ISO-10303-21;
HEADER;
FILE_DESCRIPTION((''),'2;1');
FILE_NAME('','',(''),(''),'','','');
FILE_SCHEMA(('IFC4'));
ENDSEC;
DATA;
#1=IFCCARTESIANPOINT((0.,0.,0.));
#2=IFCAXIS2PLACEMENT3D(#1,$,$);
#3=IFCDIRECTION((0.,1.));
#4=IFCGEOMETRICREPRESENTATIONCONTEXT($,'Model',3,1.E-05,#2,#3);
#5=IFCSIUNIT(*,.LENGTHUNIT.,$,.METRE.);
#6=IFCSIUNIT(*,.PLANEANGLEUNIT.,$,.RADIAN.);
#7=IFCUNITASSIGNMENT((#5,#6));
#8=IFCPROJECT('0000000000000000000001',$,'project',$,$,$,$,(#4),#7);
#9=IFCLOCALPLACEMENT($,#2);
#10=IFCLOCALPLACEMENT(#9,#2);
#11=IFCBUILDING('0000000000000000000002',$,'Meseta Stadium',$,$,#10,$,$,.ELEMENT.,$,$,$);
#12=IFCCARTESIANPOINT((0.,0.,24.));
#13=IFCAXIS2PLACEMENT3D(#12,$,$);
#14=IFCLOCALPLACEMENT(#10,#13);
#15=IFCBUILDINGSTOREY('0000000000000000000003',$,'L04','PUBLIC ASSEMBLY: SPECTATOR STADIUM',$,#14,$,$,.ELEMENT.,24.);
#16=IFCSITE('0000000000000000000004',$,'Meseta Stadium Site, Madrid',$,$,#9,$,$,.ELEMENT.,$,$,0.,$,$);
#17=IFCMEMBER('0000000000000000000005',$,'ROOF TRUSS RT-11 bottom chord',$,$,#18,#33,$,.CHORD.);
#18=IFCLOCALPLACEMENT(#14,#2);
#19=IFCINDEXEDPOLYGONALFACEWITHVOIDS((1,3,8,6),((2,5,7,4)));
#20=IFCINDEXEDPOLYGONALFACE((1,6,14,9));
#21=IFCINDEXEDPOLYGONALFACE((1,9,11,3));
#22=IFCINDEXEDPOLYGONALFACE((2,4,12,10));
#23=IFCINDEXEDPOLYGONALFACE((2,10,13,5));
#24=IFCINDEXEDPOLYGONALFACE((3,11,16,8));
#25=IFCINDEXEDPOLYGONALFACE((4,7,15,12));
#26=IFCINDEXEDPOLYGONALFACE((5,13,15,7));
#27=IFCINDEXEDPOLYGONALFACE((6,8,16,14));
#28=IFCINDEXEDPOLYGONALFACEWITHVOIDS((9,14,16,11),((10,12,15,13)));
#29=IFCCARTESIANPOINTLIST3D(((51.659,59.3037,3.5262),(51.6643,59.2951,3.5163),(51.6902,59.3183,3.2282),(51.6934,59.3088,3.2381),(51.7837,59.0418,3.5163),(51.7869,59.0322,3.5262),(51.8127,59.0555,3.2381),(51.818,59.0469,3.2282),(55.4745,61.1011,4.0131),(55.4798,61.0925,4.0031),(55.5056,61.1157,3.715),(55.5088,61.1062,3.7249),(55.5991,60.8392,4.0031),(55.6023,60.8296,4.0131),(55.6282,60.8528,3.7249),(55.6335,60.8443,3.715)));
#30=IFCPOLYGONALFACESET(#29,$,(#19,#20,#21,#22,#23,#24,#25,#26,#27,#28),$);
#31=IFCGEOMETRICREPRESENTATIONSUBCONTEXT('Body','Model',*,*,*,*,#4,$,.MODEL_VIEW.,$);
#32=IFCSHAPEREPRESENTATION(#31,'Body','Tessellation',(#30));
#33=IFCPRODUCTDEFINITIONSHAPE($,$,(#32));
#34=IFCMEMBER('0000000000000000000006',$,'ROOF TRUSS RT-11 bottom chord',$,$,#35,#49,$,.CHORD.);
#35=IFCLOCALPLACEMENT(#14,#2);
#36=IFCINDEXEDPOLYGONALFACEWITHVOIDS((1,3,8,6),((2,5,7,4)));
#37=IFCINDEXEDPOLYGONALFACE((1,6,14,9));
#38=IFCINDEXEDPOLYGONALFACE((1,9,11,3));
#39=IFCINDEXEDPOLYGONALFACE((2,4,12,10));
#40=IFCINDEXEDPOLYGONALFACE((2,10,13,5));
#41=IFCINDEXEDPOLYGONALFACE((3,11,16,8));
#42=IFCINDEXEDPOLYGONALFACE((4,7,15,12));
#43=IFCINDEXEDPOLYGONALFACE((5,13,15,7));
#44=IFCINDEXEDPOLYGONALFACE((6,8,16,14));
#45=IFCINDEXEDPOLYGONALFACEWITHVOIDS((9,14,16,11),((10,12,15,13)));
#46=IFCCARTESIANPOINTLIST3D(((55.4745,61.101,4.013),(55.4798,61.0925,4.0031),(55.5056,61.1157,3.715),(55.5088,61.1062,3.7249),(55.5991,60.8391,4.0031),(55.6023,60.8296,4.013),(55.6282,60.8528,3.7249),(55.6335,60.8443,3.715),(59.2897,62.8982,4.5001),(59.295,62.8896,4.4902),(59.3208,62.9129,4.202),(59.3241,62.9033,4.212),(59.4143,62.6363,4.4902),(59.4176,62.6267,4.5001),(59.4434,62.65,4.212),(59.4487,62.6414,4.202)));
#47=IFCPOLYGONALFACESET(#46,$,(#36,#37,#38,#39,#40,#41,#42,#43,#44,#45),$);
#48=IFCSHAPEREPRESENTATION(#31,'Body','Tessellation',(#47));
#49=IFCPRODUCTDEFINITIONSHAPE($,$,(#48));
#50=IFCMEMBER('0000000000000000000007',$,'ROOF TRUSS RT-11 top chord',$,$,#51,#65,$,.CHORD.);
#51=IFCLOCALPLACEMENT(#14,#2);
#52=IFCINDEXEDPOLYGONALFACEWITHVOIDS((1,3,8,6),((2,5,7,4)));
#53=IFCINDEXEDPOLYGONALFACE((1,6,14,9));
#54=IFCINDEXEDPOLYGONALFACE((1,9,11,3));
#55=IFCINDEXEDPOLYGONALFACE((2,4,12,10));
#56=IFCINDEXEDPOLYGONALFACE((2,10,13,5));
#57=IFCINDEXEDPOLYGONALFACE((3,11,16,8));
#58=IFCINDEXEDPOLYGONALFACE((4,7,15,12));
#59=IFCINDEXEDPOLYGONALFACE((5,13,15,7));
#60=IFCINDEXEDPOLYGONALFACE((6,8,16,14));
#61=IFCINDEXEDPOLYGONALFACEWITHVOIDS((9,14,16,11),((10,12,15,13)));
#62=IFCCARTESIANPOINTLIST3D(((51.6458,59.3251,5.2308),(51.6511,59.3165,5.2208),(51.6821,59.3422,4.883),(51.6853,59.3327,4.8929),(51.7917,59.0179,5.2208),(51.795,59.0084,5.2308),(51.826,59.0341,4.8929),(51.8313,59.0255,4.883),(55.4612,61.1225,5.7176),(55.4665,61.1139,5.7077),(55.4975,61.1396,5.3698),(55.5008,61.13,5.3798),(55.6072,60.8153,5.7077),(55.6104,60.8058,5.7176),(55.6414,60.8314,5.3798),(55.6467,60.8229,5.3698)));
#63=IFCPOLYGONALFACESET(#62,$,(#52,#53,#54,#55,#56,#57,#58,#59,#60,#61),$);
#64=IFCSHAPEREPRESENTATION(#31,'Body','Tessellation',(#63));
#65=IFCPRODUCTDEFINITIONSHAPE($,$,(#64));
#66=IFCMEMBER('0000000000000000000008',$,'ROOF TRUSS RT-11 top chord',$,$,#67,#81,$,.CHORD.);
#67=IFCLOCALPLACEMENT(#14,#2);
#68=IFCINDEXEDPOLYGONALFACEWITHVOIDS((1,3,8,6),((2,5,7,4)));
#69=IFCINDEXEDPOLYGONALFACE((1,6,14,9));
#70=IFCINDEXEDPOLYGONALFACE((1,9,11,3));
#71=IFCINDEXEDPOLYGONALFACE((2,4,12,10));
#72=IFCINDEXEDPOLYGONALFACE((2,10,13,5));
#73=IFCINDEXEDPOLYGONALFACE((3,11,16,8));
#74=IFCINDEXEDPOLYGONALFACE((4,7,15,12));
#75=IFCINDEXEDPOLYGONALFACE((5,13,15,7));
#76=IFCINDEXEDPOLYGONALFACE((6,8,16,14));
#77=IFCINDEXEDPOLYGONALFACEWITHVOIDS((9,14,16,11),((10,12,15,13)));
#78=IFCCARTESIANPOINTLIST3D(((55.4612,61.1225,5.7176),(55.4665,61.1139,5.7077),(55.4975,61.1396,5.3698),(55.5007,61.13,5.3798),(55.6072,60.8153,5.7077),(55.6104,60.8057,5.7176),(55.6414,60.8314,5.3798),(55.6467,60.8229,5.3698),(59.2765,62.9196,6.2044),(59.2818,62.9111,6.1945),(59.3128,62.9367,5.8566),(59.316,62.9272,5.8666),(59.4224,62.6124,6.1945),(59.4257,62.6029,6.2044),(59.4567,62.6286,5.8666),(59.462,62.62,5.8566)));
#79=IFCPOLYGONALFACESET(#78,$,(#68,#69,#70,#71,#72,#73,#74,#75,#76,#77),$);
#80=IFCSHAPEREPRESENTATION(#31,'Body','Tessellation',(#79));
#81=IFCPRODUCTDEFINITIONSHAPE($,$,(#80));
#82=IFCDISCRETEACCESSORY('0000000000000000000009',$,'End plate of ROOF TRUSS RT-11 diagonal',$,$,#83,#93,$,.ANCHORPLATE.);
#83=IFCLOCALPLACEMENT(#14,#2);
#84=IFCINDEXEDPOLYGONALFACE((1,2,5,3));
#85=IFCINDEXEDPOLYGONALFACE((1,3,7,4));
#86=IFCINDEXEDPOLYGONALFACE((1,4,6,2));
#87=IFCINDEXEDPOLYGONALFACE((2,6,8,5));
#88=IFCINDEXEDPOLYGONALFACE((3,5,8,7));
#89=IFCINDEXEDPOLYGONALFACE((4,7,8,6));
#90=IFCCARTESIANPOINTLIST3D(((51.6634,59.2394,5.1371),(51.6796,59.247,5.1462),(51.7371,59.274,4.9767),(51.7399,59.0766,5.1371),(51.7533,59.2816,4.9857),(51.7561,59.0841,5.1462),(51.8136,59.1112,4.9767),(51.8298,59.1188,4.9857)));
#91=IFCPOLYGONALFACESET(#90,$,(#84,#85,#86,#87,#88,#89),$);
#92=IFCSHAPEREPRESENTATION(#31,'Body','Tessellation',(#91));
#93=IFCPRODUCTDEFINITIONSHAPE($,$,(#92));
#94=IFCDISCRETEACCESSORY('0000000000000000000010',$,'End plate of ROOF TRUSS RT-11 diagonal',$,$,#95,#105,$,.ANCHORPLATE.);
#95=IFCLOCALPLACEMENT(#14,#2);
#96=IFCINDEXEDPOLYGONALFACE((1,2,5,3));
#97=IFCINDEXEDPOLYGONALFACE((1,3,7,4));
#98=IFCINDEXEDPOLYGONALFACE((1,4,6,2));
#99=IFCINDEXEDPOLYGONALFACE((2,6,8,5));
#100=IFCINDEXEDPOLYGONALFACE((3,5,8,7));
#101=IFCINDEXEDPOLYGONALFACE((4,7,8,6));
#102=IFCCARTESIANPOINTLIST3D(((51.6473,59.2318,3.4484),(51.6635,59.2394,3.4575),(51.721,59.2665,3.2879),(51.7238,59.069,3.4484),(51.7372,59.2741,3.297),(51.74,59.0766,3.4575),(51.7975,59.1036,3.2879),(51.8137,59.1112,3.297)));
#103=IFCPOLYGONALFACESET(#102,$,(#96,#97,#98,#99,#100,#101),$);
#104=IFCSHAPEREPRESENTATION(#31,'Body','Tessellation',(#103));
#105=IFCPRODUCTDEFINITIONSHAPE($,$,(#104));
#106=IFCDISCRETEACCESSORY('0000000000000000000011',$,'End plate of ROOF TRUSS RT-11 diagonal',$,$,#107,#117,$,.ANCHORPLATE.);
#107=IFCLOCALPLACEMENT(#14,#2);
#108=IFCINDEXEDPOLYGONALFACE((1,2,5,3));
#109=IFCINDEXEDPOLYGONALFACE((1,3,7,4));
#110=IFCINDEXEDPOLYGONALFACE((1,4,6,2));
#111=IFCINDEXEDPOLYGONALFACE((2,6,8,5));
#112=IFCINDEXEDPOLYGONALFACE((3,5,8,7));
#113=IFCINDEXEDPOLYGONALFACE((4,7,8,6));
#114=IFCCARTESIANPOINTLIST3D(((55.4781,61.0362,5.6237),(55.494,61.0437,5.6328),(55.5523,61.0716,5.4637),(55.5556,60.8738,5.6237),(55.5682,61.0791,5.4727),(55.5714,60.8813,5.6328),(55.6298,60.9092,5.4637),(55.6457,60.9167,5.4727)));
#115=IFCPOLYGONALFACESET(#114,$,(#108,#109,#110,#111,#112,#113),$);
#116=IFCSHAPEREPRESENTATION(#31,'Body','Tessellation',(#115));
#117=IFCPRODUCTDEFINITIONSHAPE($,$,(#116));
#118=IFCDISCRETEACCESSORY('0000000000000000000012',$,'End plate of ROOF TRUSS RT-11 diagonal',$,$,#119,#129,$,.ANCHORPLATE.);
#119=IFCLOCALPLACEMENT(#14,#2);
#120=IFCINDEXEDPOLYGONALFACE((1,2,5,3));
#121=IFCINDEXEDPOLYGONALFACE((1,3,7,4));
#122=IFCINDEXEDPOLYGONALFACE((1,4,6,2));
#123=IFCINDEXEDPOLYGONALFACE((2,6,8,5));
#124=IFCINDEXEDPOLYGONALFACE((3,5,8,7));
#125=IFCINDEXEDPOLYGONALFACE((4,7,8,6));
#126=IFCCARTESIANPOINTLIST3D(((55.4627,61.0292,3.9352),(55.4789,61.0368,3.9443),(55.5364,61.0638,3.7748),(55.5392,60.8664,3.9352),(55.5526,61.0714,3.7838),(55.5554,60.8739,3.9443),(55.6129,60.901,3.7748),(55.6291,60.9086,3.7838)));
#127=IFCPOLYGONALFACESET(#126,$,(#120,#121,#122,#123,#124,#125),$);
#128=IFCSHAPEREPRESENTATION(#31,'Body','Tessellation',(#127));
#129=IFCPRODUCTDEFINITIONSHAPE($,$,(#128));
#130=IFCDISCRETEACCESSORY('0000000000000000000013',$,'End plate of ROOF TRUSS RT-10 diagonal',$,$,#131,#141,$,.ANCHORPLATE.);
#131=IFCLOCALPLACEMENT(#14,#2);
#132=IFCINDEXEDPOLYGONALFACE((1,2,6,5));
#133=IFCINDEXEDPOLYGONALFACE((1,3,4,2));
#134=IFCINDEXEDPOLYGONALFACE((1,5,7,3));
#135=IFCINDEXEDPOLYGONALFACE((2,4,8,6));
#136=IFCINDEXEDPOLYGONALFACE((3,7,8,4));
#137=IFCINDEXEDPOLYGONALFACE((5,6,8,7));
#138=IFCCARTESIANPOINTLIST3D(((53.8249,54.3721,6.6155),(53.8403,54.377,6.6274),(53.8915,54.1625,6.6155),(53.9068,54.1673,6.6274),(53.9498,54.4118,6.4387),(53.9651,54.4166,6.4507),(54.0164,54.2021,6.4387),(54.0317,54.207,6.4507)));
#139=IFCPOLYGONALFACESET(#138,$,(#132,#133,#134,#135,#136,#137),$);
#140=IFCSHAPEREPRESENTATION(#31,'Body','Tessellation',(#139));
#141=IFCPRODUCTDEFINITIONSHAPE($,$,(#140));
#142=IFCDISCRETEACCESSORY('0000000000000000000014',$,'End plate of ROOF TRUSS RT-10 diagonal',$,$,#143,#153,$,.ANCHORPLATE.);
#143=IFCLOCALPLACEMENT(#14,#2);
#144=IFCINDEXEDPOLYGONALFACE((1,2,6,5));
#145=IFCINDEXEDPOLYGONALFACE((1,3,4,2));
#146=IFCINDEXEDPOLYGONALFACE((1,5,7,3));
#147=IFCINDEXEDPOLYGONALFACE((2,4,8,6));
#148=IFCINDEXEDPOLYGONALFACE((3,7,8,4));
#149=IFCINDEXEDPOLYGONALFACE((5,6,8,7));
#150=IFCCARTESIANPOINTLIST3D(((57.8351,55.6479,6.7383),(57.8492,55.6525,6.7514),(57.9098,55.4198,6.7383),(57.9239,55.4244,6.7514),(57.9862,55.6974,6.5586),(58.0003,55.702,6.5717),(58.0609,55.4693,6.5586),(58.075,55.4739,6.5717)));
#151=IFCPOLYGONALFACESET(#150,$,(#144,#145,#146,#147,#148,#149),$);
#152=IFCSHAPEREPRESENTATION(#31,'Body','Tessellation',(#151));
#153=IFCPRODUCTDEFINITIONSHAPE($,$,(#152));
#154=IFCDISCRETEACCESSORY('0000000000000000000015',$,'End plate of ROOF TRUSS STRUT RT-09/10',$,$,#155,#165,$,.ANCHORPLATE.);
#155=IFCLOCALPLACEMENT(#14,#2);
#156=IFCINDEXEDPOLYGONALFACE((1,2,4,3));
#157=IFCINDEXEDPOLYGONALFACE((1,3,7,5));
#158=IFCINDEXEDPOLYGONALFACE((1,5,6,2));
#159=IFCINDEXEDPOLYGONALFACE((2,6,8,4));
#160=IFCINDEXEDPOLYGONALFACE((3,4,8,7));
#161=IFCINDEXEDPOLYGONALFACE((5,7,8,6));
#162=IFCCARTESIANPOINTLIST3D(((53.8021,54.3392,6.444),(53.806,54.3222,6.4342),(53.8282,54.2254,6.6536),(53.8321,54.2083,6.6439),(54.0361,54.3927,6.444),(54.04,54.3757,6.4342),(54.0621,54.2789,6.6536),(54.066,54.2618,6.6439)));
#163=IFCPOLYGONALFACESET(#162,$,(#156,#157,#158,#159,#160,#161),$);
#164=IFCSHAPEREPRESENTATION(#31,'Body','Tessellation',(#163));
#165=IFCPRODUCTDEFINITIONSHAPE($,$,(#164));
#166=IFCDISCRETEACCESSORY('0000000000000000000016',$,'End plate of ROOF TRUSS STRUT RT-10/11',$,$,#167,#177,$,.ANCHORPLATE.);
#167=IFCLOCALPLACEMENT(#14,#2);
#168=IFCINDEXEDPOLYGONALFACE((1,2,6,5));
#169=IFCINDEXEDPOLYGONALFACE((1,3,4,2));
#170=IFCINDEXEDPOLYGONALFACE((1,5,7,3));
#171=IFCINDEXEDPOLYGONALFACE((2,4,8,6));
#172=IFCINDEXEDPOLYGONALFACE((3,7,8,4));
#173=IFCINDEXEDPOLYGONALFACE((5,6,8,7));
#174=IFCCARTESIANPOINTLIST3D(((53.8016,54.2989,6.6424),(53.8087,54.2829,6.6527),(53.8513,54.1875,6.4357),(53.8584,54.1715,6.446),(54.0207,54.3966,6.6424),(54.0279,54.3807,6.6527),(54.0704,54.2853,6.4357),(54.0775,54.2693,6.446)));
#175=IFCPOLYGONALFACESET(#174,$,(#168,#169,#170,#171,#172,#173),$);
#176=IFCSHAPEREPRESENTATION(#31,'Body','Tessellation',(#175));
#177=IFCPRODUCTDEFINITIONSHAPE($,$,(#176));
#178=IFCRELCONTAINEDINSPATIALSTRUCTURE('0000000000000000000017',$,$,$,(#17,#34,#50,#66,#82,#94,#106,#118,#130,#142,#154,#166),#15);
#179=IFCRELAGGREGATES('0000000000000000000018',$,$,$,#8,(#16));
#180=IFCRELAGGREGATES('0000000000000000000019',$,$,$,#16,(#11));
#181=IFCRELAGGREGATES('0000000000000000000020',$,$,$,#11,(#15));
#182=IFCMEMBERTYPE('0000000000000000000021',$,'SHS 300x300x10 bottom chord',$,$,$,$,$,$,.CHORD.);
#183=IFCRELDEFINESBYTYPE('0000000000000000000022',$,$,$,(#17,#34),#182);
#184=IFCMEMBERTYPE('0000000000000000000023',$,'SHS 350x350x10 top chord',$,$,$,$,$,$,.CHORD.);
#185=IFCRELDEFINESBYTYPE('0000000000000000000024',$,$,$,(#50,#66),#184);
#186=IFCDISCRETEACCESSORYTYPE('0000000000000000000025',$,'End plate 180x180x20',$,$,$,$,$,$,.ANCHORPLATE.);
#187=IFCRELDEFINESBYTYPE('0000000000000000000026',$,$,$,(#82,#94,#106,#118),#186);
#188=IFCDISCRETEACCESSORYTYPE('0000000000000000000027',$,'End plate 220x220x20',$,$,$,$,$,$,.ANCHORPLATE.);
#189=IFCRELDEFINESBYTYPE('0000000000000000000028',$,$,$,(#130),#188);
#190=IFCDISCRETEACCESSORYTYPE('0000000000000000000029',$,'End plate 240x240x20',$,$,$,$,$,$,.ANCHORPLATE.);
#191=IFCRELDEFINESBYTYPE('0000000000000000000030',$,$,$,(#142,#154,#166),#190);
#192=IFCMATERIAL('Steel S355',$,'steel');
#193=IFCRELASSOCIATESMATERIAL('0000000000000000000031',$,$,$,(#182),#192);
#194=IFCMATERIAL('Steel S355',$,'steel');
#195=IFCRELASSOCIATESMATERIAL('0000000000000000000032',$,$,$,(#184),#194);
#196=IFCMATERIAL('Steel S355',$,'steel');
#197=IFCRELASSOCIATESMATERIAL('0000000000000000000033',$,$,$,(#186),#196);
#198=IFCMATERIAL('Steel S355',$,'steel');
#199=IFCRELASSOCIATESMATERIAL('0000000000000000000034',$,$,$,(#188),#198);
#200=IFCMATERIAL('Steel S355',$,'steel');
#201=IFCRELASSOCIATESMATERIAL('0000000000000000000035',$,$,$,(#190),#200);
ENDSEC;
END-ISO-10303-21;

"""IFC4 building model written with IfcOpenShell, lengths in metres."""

from ifc_helpers import new_model, si_unit, direction, frame, origin, origin_2d, place, context, subcontext, project, spatial, rectangle, hollow_rectangle, extrude, material, material_profile, profile_set, type_object, element, save


model = new_model("IFC4")

# Units and contexts
model_context = context("Model", 3, precision=1e-05, world=origin(), true_north=direction((0.0, 1.0)))
body_context = subcontext(model_context, "Body", "Model", "MODEL_VIEW")
ifc_project = project(units=[si_unit("LENGTHUNIT", "METRE"), si_unit("PLANEANGLEUNIT", "RADIAN")], contexts=[model_context])

# Site, building, storey
site_placement = place(None, origin())
site = spatial("IfcSite", under=ifc_project, at=site_placement, Name="Meseta Stadium Site, Madrid", CompositionType="ELEMENT", RefElevation=0.0)
building_placement = place(site_placement, origin())
building = spatial("IfcBuilding", under=site, at=building_placement, Name="Meseta Stadium", CompositionType="ELEMENT")
storey_placement = place(building_placement, frame((0.0, 0.0, 24.0)))
storey = spatial("IfcBuildingStorey", under=building, at=storey_placement, Name="L04", Description="PUBLIC ASSEMBLY: SPECTATOR STADIUM", CompositionType="ELEMENT", Elevation=24.0)

# Members
ifc_material_1 = material(Name="Steel S355", Category="steel")
ifc_material_profile_1 = material_profile(ifc_material_1, hollow_rectangle(XDim=0.3, YDim=0.3, WallThickness=0.01, at=origin_2d()), Name="SHS 300x300x10")
ifc_profile_set_1 = profile_set([ifc_material_profile_1], Name="Steel S355")
member_type_1 = type_object("IfcMemberType", Name="SHS 300x300x10 bottom chord", PredefinedType="CHORD", material=ifc_profile_set_1)
member_1_placement = place(storey_placement, frame((51.7385, 59.1753, 3.3772), z_axis=(0.898681, 0.423349, 0.114664), x_axis=(-0.426159, 0.904648, 0.0)))
element("IfcMember", 1, at=member_1_placement, inside=storey, type_object=member_type_1, Name="ROOF TRUSS RT-11 bottom chord", PredefinedType="CHORD", context=body_context, shape_type="SweptSolid", body=[
    extrude(hollow_rectangle(XDim=0.3, YDim=0.3, WallThickness=0.01, at=origin_2d()), origin(), (0.0, 0.0, 1.0), 4.2456),
])
member_2_placement = place(storey_placement, frame((55.554, 60.9727, 3.864), z_axis=(0.898686, 0.42332, 0.11473), x_axis=(-0.426134, 0.90466, 0.0)))
element("IfcMember", 2, at=member_2_placement, inside=storey, type_object=member_type_1, Name="ROOF TRUSS RT-11 bottom chord", PredefinedType="CHORD", context=body_context, shape_type="SweptSolid", body=[
    extrude(hollow_rectangle(XDim=0.3, YDim=0.3, WallThickness=0.01, at=origin_2d()), origin(), (0.0, 0.0, 1.0), 4.2454),
])
ifc_material_2 = material(Name="Steel S355", Category="steel")
ifc_material_profile_2 = material_profile(ifc_material_2, hollow_rectangle(XDim=0.3501, YDim=0.3501, WallThickness=0.01, at=origin_2d()), Name="SHS 350x350x10")
ifc_profile_set_2 = profile_set([ifc_material_profile_2], Name="Steel S355")
member_type_2 = type_object("IfcMemberType", Name="SHS 350x350x10 top chord", PredefinedType="CHORD", material=ifc_profile_set_2)
member_3_placement = place(storey_placement, frame((51.7385, 59.1753, 5.0569), z_axis=(0.898681, 0.423349, 0.114664), x_axis=(-0.426159, 0.904648, 0.0)))
element("IfcMember", 3, at=member_3_placement, inside=storey, type_object=member_type_2, Name="ROOF TRUSS RT-11 top chord", PredefinedType="CHORD", context=body_context, shape_type="SweptSolid", body=[
    extrude(hollow_rectangle(XDim=0.3501, YDim=0.3501, WallThickness=0.01, at=origin_2d()), origin(), (0.0, 0.0, 1.0), 4.2456),
])
member_4_placement = place(storey_placement, frame((55.554, 60.9727, 5.5437), z_axis=(0.898692, 0.423323, 0.114673), x_axis=(-0.426134, 0.90466, 0.0)))
element("IfcMember", 4, at=member_4_placement, inside=storey, type_object=member_type_2, Name="ROOF TRUSS RT-11 top chord", PredefinedType="CHORD", context=body_context, shape_type="SweptSolid", body=[
    extrude(hollow_rectangle(XDim=0.3501, YDim=0.3501, WallThickness=0.01, at=origin_2d()), origin(), (0.0, 0.0, 1.0), 4.2454),
])

# Discrete accessories
ifc_material_3 = material(Name="Steel S355", Category="steel")
ifc_material_profile_3 = material_profile(ifc_material_3, rectangle(XDim=0.1799, YDim=0.1799, at=origin_2d()), Name="PL 180x180")
ifc_profile_set_3 = profile_set([ifc_material_profile_3], Name="Steel S355")
discrete_accessory_type_1 = type_object("IfcDiscreteAccessoryType", Name="End plate 180x180x20", PredefinedType="ANCHORPLATE", material=ifc_profile_set_3)
for number, where, z_axis, x_axis, name in (
    (5, (51.7385, 59.1753, 5.0569), (0.807162, 0.379122, 0.4525), (-0.425136, 0.905129, 0.0), "End plate of ROOF TRUSS RT-11 diagonal"),
    (6, (51.7224, 59.1677, 3.3682), (0.807162, 0.379122, 0.4525), (-0.425136, 0.905129, 0.0), "End plate of ROOF TRUSS RT-11 diagonal"),
):
    element("IfcDiscreteAccessory", number, at=place(storey_placement, frame(where, z_axis=z_axis, x_axis=x_axis)), inside=storey, type_object=discrete_accessory_type_1, Name=name, PredefinedType="ANCHORPLATE", context=body_context, shape_type="SweptSolid", body=[
        extrude(rectangle(XDim=0.1799, YDim=0.1799, at=origin_2d()), origin(), (0.0, 0.0, 1.0), 0.02),
    ])
discrete_accessory_1_placement = place(storey_placement, frame((55.554, 60.9727, 5.5437), z_axis=(0.802836, 0.382891, 0.456999), x_axis=(-0.430473, 0.902604, 0.0)))
element("IfcDiscreteAccessory", 7, at=discrete_accessory_1_placement, inside=storey, type_object=discrete_accessory_type_1, Name="End plate of ROOF TRUSS RT-11 diagonal", PredefinedType="ANCHORPLATE", context=body_context, shape_type="SweptSolid", body=[
    extrude(rectangle(XDim=0.1799, YDim=0.1799, at=origin_2d()), origin(), (0.0, 0.0, 1.0), 0.0198),
])
discrete_accessory_2_placement = place(storey_placement, frame((55.5378, 60.9651, 3.855), z_axis=(0.807162, 0.379122, 0.4525), x_axis=(-0.425136, 0.905129, 0.0)))
element("IfcDiscreteAccessory", 8, at=discrete_accessory_2_placement, inside=storey, type_object=discrete_accessory_type_1, Name="End plate of ROOF TRUSS RT-11 diagonal", PredefinedType="ANCHORPLATE", context=body_context, shape_type="SweptSolid", body=[
    extrude(rectangle(XDim=0.1799, YDim=0.1799, at=origin_2d()), origin(), (0.0, 0.0, 1.0), 0.02),
])
ifc_material_4 = material(Name="Steel S355", Category="steel")
ifc_material_profile_4 = material_profile(ifc_material_4, rectangle(XDim=0.22, YDim=0.22, at=origin_2d()), Name="PL 220x220")
ifc_profile_set_4 = profile_set([ifc_material_profile_4], Name="Steel S355")
discrete_accessory_type_2 = type_object("IfcDiscreteAccessoryType", Name="End plate 220x220x20", PredefinedType="ANCHORPLATE", material=ifc_profile_set_4)
discrete_accessory_3_placement = place(storey_placement, frame((53.9207, 54.2871, 6.5271), z_axis=(0.765678, 0.243072, 0.595527), x_axis=(-0.302579, 0.953124, 0.0)))
element("IfcDiscreteAccessory", 9, at=discrete_accessory_3_placement, inside=storey, type_object=discrete_accessory_type_2, Name="End plate of ROOF TRUSS RT-10 diagonal", PredefinedType="ANCHORPLATE", context=body_context, shape_type="SweptSolid", body=[
    extrude(rectangle(XDim=0.22, YDim=0.22, at=origin_2d()), origin(), (0.0, 0.0, 1.0), 0.02),
])
ifc_material_5 = material(Name="Steel S355", Category="steel")
ifc_material_profile_5 = material_profile(ifc_material_5, rectangle(XDim=0.24, YDim=0.24, at=origin_2d()), Name="PL 240x240")
ifc_profile_set_5 = profile_set([ifc_material_profile_5], Name="Steel S355")
discrete_accessory_type_3 = type_object("IfcDiscreteAccessoryType", Name="End plate 240x240x20", PredefinedType="ANCHORPLATE", material=ifc_profile_set_5)
discrete_accessory_4_placement = place(storey_placement, frame((57.948, 55.5586, 6.6484), z_axis=(0.711723, 0.233151, 0.662639), x_axis=(-0.311308, 0.950309, 0.0)))
element("IfcDiscreteAccessory", 10, at=discrete_accessory_4_placement, inside=storey, type_object=discrete_accessory_type_3, Name="End plate of ROOF TRUSS RT-10 diagonal", PredefinedType="ANCHORPLATE", context=body_context, shape_type="SweptSolid", body=[
    extrude(rectangle(XDim=0.24, YDim=0.24, at=origin_2d()), origin(), (0.0, 0.0, 1.0), 0.0198),
])
discrete_accessory_5_placement = place(storey_placement, frame((53.936, 54.292, 6.5391), z_axis=(-0.194659, 0.851634, 0.486648), x_axis=(-0.974859, -0.222825, 0.0)))
element("IfcDiscreteAccessory", 11, at=discrete_accessory_5_placement, inside=storey, type_object=discrete_accessory_type_3, Name="End plate of ROOF TRUSS STRUT RT-09/10", PredefinedType="ANCHORPLATE", context=body_context, shape_type="SweptSolid", body=[
    extrude(rectangle(XDim=0.24, YDim=0.24, at=origin_2d()), origin(), (0.0, 0.0, 1.0), 0.02),
])
for number, where, z_axis, x_axis, name in (
    (12, (53.9431, 54.2761, 6.5493), (-0.350903, 0.786508, -0.508205), (-0.913231, -0.407442, 0.0), "End plate of ROOF TRUSS STRUT RT-10/11"),
):
    element("IfcDiscreteAccessory", number, at=place(storey_placement, frame(where, z_axis=z_axis, x_axis=x_axis)), inside=storey, type_object=discrete_accessory_type_3, Name=name, PredefinedType="ANCHORPLATE", context=body_context, shape_type="SweptSolid", body=[
        extrude(rectangle(XDim=0.24, YDim=0.24, at=origin_2d()), origin(), (0.0, 0.0, 1.0), 0.0203),
    ])

save(model, "model.ifc")
